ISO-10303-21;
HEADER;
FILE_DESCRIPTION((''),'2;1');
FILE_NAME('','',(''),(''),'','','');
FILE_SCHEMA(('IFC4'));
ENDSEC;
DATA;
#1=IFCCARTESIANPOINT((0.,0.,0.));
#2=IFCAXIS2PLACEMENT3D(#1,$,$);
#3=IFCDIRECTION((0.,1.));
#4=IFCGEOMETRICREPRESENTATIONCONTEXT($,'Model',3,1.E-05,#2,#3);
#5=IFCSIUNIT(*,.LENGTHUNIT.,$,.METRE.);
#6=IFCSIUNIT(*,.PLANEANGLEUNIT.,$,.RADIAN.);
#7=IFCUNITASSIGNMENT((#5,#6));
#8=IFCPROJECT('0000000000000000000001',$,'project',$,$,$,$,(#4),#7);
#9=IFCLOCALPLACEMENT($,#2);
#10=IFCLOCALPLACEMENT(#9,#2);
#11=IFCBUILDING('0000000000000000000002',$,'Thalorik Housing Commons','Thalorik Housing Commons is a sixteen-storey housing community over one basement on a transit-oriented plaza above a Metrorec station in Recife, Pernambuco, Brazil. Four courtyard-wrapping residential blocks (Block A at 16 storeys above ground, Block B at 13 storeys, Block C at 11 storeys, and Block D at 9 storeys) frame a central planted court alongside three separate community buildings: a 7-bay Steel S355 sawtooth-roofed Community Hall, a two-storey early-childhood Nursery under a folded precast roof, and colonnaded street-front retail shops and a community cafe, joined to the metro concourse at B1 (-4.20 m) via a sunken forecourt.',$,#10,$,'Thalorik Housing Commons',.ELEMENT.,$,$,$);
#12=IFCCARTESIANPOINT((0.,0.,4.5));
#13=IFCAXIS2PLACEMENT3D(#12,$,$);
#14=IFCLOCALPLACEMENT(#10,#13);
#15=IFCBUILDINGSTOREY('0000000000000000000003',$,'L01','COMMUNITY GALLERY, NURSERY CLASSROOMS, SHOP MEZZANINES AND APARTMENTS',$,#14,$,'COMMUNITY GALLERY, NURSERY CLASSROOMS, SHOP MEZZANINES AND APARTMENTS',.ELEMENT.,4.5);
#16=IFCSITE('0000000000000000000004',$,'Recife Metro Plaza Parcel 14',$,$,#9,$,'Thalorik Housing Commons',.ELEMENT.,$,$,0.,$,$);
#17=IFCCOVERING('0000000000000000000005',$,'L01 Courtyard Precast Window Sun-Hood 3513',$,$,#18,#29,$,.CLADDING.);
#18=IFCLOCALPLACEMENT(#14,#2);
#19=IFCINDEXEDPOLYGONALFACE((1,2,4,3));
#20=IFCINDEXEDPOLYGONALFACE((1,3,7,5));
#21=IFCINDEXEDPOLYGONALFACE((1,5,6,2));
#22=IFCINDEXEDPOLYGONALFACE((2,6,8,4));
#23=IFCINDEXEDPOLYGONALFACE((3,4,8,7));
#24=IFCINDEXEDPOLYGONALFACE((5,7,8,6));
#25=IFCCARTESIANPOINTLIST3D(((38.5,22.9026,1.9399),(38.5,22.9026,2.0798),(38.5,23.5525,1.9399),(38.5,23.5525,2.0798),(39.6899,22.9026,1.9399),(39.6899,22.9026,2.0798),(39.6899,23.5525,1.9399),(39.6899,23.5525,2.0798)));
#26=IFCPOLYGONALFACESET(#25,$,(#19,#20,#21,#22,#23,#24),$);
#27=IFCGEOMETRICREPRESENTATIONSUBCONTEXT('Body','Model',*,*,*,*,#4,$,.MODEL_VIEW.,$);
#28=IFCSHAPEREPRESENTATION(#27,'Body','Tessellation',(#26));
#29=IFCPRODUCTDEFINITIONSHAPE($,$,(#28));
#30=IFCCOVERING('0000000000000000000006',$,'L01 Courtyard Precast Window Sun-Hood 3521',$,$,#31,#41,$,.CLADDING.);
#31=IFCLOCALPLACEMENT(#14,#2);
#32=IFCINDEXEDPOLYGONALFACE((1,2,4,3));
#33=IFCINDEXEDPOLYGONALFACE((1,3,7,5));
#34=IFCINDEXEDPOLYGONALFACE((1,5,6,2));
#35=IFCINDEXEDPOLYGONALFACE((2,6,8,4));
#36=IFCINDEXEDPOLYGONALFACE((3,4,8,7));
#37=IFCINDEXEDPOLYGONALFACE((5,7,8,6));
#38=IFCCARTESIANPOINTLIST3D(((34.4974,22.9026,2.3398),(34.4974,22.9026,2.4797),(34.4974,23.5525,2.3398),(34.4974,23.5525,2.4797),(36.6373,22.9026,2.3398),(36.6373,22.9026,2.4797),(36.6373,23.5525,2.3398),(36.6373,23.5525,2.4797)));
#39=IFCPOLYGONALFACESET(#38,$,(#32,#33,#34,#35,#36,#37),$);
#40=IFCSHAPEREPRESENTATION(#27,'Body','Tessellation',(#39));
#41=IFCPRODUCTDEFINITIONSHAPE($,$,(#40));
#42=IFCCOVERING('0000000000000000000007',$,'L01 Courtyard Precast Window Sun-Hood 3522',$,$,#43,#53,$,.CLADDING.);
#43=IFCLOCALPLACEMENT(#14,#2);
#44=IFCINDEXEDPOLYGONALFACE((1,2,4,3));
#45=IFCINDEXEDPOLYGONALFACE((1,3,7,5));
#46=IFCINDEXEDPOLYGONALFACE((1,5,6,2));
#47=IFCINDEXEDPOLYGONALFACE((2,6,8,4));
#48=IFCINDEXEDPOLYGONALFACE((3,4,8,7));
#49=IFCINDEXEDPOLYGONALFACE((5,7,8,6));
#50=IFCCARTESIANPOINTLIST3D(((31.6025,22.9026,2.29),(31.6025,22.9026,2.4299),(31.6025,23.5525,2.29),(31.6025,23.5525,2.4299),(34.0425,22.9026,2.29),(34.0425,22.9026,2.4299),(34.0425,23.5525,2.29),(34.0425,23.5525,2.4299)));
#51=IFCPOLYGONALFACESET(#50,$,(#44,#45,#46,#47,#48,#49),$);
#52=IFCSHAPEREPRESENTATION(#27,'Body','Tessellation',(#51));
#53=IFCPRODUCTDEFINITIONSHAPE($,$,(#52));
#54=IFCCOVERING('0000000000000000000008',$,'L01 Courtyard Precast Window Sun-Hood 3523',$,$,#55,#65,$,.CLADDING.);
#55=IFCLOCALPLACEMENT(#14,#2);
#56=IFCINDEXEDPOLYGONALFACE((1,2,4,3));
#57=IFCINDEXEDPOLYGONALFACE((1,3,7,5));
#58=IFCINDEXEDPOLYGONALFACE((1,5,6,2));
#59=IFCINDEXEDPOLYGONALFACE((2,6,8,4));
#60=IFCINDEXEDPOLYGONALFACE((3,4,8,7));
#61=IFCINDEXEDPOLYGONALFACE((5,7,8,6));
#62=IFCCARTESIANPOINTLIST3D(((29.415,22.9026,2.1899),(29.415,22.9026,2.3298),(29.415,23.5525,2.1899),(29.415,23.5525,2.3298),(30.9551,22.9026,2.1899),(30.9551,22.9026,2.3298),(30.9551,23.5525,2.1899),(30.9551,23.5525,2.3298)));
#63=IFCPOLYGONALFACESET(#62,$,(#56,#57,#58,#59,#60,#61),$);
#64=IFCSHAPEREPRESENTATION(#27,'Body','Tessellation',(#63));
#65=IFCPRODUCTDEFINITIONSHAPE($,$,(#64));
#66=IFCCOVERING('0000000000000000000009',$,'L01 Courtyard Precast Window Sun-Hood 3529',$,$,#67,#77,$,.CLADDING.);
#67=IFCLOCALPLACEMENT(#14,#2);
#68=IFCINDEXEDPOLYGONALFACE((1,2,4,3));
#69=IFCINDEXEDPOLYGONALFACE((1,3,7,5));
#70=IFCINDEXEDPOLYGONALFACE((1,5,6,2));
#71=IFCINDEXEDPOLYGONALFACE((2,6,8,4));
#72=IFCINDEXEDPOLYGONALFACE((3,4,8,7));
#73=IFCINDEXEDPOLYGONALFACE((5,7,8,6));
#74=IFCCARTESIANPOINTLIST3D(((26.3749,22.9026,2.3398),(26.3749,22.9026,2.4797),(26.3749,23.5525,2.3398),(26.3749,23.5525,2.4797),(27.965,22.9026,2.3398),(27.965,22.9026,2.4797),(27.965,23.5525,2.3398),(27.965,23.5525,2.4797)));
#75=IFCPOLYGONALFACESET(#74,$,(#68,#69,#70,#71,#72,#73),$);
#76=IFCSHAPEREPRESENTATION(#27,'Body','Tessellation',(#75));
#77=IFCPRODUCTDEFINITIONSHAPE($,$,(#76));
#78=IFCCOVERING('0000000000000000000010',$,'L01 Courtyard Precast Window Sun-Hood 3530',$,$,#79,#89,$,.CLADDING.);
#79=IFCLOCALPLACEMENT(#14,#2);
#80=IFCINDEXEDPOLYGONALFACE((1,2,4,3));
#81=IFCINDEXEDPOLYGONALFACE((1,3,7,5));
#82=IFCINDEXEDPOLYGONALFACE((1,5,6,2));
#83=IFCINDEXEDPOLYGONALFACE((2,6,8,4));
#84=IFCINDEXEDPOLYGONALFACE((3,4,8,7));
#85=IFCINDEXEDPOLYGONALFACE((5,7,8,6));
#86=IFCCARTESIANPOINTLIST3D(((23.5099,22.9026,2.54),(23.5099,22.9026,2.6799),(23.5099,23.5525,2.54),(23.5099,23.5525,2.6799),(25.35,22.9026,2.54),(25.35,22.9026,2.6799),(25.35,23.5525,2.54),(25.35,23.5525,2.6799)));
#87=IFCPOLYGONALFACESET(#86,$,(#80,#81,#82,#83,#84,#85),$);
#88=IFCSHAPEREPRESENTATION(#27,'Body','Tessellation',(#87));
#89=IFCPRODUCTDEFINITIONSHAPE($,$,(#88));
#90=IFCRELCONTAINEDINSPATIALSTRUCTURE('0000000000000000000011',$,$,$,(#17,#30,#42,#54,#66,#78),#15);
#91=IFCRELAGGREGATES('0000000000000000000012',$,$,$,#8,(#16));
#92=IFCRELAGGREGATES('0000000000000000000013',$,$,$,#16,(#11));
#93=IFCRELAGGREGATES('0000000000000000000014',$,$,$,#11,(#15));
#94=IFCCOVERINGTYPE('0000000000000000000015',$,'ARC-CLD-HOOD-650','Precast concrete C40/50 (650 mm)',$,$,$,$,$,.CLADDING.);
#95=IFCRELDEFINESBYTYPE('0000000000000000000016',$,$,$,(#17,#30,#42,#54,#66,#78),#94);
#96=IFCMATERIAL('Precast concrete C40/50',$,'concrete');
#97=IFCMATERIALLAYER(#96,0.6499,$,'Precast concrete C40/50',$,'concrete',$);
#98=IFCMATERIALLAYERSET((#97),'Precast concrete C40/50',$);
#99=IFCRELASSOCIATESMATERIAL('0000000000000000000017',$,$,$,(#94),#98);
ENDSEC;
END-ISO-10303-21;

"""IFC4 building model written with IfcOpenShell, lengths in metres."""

from ifc_helpers import new_model, si_unit, direction, frame, origin, origin_2d, place, context, subcontext, project, spatial, rectangle, extrude, material, layer, layer_set, type_object, element, save


model = new_model("IFC4")

# Units and contexts
model_context = context("Model", 3, precision=1e-05, world=origin(), true_north=direction((0.0, 1.0)))
body_context = subcontext(model_context, "Body", "Model", "MODEL_VIEW")
ifc_project = project(units=[si_unit("LENGTHUNIT", "METRE"), si_unit("PLANEANGLEUNIT", "RADIAN")], contexts=[model_context])

# Site, building, storey
site_placement = place(None, origin())
site = spatial("IfcSite", under=ifc_project, at=site_placement, Name="Recife Metro Plaza Parcel 14", LongName="Thalorik Housing Commons", CompositionType="ELEMENT", RefElevation=0.0)
building_placement = place(site_placement, origin())
building = spatial("IfcBuilding", under=site, at=building_placement, Name="Thalorik Housing Commons", Description="Thalorik Housing Commons is a sixteen-storey housing community over one basement on a transit-oriented plaza above a Metrorec station in Recife, Pernambuco, Brazil. Four courtyard-wrapping residential blocks (Block A at 16 storeys above ground, Block B at 13 storeys, Block C at 11 storeys, and Block D at 9 storeys) frame a central planted court alongside three separate community buildings: a 7-bay Steel S355 sawtooth-roofed Community Hall, a two-storey early-childhood Nursery under a folded precast roof, and colonnaded street-front retail shops and a community cafe, joined to the metro concourse at B1 (-4.20 m) via a sunken forecourt.", LongName="Thalorik Housing Commons", CompositionType="ELEMENT")
storey_placement = place(building_placement, frame((0.0, 0.0, 4.5)))
storey = spatial("IfcBuildingStorey", under=building, at=storey_placement, Name="L01", Description="COMMUNITY GALLERY, NURSERY CLASSROOMS, SHOP MEZZANINES AND APARTMENTS", LongName="COMMUNITY GALLERY, NURSERY CLASSROOMS, SHOP MEZZANINES AND APARTMENTS", CompositionType="ELEMENT", Elevation=4.5)

# Shared definitions
ifc_material_1 = material(Name="Precast concrete C40/50", Category="concrete")

# Coverings
ifc_layer_1 = layer(ifc_material_1, 0.6499, Name="Precast concrete C40/50", Category="concrete")
ifc_layer_set_1 = layer_set([ifc_layer_1], Name="Precast concrete C40/50")
covering_type_1 = type_object("IfcCoveringType", Name="ARC-CLD-HOOD-650", Description="Precast concrete C40/50 (650 mm)", PredefinedType="CLADDING", material=ifc_layer_set_1)
covering_1_placement = place(storey_placement, frame((39.095, 23.2275, 1.9399), z_axis=(0.0, 0.0, 1.0), x_axis=(-1.0, 0.0, 0.0)))
element("IfcCovering", 1, at=covering_1_placement, inside=storey, type_object=covering_type_1, Name="L01 Courtyard Precast Window Sun-Hood 3513", PredefinedType="CLADDING", context=body_context, shape_type="SweptSolid", body=[
    extrude(rectangle(XDim=1.1899, YDim=0.6499, at=origin_2d()), origin(), (0.0, 0.0, 1.0), 0.1399),
])
covering_2_placement = place(storey_placement, frame((35.5674, 23.2275, 2.3398), z_axis=(0.0, 0.0, 1.0), x_axis=(-1.0, 0.0, 0.0)))
element("IfcCovering", 2, at=covering_2_placement, inside=storey, type_object=covering_type_1, Name="L01 Courtyard Precast Window Sun-Hood 3521", PredefinedType="CLADDING", context=body_context, shape_type="SweptSolid", body=[
    extrude(rectangle(XDim=2.1399, YDim=0.6499, at=origin_2d()), origin(), (0.0, 0.0, 1.0), 0.1399),
])
covering_3_placement = place(storey_placement, frame((32.8225, 23.2275, 2.29), z_axis=(0.0, 0.0, 1.0), x_axis=(-1.0, 0.0, 0.0)))
element("IfcCovering", 3, at=covering_3_placement, inside=storey, type_object=covering_type_1, Name="L01 Courtyard Precast Window Sun-Hood 3522", PredefinedType="CLADDING", context=body_context, shape_type="SweptSolid", body=[
    extrude(rectangle(XDim=2.4399, YDim=0.6499, at=origin_2d()), origin(), (0.0, 0.0, 1.0), 0.1399),
])
covering_4_placement = place(storey_placement, frame((30.1851, 23.2275, 2.1899), z_axis=(0.0, 0.0, 1.0), x_axis=(-1.0, 0.0, 0.0)))
element("IfcCovering", 4, at=covering_4_placement, inside=storey, type_object=covering_type_1, Name="L01 Courtyard Precast Window Sun-Hood 3523", PredefinedType="CLADDING", context=body_context, shape_type="SweptSolid", body=[
    extrude(rectangle(XDim=1.54, YDim=0.6499, at=origin_2d()), origin(), (0.0, 0.0, 1.0), 0.1399),
])
covering_5_placement = place(storey_placement, frame((27.1699, 23.2275, 2.3398), z_axis=(0.0, 0.0, 1.0), x_axis=(-1.0, 0.0, 0.0)))
element("IfcCovering", 5, at=covering_5_placement, inside=storey, type_object=covering_type_1, Name="L01 Courtyard Precast Window Sun-Hood 3529", PredefinedType="CLADDING", context=body_context, shape_type="SweptSolid", body=[
    extrude(rectangle(XDim=1.5901, YDim=0.6499, at=origin_2d()), origin(), (0.0, 0.0, 1.0), 0.1399),
])
covering_6_placement = place(storey_placement, frame((24.4299, 23.2275, 2.54), z_axis=(0.0, 0.0, 1.0), x_axis=(-1.0, 0.0, 0.0)))
element("IfcCovering", 6, at=covering_6_placement, inside=storey, type_object=covering_type_1, Name="L01 Courtyard Precast Window Sun-Hood 3530", PredefinedType="CLADDING", context=body_context, shape_type="SweptSolid", body=[
    extrude(rectangle(XDim=1.8401, YDim=0.6499, at=origin_2d()), origin(), (0.0, 0.0, 1.0), 0.1399),
])

save(model, "model.ifc")
